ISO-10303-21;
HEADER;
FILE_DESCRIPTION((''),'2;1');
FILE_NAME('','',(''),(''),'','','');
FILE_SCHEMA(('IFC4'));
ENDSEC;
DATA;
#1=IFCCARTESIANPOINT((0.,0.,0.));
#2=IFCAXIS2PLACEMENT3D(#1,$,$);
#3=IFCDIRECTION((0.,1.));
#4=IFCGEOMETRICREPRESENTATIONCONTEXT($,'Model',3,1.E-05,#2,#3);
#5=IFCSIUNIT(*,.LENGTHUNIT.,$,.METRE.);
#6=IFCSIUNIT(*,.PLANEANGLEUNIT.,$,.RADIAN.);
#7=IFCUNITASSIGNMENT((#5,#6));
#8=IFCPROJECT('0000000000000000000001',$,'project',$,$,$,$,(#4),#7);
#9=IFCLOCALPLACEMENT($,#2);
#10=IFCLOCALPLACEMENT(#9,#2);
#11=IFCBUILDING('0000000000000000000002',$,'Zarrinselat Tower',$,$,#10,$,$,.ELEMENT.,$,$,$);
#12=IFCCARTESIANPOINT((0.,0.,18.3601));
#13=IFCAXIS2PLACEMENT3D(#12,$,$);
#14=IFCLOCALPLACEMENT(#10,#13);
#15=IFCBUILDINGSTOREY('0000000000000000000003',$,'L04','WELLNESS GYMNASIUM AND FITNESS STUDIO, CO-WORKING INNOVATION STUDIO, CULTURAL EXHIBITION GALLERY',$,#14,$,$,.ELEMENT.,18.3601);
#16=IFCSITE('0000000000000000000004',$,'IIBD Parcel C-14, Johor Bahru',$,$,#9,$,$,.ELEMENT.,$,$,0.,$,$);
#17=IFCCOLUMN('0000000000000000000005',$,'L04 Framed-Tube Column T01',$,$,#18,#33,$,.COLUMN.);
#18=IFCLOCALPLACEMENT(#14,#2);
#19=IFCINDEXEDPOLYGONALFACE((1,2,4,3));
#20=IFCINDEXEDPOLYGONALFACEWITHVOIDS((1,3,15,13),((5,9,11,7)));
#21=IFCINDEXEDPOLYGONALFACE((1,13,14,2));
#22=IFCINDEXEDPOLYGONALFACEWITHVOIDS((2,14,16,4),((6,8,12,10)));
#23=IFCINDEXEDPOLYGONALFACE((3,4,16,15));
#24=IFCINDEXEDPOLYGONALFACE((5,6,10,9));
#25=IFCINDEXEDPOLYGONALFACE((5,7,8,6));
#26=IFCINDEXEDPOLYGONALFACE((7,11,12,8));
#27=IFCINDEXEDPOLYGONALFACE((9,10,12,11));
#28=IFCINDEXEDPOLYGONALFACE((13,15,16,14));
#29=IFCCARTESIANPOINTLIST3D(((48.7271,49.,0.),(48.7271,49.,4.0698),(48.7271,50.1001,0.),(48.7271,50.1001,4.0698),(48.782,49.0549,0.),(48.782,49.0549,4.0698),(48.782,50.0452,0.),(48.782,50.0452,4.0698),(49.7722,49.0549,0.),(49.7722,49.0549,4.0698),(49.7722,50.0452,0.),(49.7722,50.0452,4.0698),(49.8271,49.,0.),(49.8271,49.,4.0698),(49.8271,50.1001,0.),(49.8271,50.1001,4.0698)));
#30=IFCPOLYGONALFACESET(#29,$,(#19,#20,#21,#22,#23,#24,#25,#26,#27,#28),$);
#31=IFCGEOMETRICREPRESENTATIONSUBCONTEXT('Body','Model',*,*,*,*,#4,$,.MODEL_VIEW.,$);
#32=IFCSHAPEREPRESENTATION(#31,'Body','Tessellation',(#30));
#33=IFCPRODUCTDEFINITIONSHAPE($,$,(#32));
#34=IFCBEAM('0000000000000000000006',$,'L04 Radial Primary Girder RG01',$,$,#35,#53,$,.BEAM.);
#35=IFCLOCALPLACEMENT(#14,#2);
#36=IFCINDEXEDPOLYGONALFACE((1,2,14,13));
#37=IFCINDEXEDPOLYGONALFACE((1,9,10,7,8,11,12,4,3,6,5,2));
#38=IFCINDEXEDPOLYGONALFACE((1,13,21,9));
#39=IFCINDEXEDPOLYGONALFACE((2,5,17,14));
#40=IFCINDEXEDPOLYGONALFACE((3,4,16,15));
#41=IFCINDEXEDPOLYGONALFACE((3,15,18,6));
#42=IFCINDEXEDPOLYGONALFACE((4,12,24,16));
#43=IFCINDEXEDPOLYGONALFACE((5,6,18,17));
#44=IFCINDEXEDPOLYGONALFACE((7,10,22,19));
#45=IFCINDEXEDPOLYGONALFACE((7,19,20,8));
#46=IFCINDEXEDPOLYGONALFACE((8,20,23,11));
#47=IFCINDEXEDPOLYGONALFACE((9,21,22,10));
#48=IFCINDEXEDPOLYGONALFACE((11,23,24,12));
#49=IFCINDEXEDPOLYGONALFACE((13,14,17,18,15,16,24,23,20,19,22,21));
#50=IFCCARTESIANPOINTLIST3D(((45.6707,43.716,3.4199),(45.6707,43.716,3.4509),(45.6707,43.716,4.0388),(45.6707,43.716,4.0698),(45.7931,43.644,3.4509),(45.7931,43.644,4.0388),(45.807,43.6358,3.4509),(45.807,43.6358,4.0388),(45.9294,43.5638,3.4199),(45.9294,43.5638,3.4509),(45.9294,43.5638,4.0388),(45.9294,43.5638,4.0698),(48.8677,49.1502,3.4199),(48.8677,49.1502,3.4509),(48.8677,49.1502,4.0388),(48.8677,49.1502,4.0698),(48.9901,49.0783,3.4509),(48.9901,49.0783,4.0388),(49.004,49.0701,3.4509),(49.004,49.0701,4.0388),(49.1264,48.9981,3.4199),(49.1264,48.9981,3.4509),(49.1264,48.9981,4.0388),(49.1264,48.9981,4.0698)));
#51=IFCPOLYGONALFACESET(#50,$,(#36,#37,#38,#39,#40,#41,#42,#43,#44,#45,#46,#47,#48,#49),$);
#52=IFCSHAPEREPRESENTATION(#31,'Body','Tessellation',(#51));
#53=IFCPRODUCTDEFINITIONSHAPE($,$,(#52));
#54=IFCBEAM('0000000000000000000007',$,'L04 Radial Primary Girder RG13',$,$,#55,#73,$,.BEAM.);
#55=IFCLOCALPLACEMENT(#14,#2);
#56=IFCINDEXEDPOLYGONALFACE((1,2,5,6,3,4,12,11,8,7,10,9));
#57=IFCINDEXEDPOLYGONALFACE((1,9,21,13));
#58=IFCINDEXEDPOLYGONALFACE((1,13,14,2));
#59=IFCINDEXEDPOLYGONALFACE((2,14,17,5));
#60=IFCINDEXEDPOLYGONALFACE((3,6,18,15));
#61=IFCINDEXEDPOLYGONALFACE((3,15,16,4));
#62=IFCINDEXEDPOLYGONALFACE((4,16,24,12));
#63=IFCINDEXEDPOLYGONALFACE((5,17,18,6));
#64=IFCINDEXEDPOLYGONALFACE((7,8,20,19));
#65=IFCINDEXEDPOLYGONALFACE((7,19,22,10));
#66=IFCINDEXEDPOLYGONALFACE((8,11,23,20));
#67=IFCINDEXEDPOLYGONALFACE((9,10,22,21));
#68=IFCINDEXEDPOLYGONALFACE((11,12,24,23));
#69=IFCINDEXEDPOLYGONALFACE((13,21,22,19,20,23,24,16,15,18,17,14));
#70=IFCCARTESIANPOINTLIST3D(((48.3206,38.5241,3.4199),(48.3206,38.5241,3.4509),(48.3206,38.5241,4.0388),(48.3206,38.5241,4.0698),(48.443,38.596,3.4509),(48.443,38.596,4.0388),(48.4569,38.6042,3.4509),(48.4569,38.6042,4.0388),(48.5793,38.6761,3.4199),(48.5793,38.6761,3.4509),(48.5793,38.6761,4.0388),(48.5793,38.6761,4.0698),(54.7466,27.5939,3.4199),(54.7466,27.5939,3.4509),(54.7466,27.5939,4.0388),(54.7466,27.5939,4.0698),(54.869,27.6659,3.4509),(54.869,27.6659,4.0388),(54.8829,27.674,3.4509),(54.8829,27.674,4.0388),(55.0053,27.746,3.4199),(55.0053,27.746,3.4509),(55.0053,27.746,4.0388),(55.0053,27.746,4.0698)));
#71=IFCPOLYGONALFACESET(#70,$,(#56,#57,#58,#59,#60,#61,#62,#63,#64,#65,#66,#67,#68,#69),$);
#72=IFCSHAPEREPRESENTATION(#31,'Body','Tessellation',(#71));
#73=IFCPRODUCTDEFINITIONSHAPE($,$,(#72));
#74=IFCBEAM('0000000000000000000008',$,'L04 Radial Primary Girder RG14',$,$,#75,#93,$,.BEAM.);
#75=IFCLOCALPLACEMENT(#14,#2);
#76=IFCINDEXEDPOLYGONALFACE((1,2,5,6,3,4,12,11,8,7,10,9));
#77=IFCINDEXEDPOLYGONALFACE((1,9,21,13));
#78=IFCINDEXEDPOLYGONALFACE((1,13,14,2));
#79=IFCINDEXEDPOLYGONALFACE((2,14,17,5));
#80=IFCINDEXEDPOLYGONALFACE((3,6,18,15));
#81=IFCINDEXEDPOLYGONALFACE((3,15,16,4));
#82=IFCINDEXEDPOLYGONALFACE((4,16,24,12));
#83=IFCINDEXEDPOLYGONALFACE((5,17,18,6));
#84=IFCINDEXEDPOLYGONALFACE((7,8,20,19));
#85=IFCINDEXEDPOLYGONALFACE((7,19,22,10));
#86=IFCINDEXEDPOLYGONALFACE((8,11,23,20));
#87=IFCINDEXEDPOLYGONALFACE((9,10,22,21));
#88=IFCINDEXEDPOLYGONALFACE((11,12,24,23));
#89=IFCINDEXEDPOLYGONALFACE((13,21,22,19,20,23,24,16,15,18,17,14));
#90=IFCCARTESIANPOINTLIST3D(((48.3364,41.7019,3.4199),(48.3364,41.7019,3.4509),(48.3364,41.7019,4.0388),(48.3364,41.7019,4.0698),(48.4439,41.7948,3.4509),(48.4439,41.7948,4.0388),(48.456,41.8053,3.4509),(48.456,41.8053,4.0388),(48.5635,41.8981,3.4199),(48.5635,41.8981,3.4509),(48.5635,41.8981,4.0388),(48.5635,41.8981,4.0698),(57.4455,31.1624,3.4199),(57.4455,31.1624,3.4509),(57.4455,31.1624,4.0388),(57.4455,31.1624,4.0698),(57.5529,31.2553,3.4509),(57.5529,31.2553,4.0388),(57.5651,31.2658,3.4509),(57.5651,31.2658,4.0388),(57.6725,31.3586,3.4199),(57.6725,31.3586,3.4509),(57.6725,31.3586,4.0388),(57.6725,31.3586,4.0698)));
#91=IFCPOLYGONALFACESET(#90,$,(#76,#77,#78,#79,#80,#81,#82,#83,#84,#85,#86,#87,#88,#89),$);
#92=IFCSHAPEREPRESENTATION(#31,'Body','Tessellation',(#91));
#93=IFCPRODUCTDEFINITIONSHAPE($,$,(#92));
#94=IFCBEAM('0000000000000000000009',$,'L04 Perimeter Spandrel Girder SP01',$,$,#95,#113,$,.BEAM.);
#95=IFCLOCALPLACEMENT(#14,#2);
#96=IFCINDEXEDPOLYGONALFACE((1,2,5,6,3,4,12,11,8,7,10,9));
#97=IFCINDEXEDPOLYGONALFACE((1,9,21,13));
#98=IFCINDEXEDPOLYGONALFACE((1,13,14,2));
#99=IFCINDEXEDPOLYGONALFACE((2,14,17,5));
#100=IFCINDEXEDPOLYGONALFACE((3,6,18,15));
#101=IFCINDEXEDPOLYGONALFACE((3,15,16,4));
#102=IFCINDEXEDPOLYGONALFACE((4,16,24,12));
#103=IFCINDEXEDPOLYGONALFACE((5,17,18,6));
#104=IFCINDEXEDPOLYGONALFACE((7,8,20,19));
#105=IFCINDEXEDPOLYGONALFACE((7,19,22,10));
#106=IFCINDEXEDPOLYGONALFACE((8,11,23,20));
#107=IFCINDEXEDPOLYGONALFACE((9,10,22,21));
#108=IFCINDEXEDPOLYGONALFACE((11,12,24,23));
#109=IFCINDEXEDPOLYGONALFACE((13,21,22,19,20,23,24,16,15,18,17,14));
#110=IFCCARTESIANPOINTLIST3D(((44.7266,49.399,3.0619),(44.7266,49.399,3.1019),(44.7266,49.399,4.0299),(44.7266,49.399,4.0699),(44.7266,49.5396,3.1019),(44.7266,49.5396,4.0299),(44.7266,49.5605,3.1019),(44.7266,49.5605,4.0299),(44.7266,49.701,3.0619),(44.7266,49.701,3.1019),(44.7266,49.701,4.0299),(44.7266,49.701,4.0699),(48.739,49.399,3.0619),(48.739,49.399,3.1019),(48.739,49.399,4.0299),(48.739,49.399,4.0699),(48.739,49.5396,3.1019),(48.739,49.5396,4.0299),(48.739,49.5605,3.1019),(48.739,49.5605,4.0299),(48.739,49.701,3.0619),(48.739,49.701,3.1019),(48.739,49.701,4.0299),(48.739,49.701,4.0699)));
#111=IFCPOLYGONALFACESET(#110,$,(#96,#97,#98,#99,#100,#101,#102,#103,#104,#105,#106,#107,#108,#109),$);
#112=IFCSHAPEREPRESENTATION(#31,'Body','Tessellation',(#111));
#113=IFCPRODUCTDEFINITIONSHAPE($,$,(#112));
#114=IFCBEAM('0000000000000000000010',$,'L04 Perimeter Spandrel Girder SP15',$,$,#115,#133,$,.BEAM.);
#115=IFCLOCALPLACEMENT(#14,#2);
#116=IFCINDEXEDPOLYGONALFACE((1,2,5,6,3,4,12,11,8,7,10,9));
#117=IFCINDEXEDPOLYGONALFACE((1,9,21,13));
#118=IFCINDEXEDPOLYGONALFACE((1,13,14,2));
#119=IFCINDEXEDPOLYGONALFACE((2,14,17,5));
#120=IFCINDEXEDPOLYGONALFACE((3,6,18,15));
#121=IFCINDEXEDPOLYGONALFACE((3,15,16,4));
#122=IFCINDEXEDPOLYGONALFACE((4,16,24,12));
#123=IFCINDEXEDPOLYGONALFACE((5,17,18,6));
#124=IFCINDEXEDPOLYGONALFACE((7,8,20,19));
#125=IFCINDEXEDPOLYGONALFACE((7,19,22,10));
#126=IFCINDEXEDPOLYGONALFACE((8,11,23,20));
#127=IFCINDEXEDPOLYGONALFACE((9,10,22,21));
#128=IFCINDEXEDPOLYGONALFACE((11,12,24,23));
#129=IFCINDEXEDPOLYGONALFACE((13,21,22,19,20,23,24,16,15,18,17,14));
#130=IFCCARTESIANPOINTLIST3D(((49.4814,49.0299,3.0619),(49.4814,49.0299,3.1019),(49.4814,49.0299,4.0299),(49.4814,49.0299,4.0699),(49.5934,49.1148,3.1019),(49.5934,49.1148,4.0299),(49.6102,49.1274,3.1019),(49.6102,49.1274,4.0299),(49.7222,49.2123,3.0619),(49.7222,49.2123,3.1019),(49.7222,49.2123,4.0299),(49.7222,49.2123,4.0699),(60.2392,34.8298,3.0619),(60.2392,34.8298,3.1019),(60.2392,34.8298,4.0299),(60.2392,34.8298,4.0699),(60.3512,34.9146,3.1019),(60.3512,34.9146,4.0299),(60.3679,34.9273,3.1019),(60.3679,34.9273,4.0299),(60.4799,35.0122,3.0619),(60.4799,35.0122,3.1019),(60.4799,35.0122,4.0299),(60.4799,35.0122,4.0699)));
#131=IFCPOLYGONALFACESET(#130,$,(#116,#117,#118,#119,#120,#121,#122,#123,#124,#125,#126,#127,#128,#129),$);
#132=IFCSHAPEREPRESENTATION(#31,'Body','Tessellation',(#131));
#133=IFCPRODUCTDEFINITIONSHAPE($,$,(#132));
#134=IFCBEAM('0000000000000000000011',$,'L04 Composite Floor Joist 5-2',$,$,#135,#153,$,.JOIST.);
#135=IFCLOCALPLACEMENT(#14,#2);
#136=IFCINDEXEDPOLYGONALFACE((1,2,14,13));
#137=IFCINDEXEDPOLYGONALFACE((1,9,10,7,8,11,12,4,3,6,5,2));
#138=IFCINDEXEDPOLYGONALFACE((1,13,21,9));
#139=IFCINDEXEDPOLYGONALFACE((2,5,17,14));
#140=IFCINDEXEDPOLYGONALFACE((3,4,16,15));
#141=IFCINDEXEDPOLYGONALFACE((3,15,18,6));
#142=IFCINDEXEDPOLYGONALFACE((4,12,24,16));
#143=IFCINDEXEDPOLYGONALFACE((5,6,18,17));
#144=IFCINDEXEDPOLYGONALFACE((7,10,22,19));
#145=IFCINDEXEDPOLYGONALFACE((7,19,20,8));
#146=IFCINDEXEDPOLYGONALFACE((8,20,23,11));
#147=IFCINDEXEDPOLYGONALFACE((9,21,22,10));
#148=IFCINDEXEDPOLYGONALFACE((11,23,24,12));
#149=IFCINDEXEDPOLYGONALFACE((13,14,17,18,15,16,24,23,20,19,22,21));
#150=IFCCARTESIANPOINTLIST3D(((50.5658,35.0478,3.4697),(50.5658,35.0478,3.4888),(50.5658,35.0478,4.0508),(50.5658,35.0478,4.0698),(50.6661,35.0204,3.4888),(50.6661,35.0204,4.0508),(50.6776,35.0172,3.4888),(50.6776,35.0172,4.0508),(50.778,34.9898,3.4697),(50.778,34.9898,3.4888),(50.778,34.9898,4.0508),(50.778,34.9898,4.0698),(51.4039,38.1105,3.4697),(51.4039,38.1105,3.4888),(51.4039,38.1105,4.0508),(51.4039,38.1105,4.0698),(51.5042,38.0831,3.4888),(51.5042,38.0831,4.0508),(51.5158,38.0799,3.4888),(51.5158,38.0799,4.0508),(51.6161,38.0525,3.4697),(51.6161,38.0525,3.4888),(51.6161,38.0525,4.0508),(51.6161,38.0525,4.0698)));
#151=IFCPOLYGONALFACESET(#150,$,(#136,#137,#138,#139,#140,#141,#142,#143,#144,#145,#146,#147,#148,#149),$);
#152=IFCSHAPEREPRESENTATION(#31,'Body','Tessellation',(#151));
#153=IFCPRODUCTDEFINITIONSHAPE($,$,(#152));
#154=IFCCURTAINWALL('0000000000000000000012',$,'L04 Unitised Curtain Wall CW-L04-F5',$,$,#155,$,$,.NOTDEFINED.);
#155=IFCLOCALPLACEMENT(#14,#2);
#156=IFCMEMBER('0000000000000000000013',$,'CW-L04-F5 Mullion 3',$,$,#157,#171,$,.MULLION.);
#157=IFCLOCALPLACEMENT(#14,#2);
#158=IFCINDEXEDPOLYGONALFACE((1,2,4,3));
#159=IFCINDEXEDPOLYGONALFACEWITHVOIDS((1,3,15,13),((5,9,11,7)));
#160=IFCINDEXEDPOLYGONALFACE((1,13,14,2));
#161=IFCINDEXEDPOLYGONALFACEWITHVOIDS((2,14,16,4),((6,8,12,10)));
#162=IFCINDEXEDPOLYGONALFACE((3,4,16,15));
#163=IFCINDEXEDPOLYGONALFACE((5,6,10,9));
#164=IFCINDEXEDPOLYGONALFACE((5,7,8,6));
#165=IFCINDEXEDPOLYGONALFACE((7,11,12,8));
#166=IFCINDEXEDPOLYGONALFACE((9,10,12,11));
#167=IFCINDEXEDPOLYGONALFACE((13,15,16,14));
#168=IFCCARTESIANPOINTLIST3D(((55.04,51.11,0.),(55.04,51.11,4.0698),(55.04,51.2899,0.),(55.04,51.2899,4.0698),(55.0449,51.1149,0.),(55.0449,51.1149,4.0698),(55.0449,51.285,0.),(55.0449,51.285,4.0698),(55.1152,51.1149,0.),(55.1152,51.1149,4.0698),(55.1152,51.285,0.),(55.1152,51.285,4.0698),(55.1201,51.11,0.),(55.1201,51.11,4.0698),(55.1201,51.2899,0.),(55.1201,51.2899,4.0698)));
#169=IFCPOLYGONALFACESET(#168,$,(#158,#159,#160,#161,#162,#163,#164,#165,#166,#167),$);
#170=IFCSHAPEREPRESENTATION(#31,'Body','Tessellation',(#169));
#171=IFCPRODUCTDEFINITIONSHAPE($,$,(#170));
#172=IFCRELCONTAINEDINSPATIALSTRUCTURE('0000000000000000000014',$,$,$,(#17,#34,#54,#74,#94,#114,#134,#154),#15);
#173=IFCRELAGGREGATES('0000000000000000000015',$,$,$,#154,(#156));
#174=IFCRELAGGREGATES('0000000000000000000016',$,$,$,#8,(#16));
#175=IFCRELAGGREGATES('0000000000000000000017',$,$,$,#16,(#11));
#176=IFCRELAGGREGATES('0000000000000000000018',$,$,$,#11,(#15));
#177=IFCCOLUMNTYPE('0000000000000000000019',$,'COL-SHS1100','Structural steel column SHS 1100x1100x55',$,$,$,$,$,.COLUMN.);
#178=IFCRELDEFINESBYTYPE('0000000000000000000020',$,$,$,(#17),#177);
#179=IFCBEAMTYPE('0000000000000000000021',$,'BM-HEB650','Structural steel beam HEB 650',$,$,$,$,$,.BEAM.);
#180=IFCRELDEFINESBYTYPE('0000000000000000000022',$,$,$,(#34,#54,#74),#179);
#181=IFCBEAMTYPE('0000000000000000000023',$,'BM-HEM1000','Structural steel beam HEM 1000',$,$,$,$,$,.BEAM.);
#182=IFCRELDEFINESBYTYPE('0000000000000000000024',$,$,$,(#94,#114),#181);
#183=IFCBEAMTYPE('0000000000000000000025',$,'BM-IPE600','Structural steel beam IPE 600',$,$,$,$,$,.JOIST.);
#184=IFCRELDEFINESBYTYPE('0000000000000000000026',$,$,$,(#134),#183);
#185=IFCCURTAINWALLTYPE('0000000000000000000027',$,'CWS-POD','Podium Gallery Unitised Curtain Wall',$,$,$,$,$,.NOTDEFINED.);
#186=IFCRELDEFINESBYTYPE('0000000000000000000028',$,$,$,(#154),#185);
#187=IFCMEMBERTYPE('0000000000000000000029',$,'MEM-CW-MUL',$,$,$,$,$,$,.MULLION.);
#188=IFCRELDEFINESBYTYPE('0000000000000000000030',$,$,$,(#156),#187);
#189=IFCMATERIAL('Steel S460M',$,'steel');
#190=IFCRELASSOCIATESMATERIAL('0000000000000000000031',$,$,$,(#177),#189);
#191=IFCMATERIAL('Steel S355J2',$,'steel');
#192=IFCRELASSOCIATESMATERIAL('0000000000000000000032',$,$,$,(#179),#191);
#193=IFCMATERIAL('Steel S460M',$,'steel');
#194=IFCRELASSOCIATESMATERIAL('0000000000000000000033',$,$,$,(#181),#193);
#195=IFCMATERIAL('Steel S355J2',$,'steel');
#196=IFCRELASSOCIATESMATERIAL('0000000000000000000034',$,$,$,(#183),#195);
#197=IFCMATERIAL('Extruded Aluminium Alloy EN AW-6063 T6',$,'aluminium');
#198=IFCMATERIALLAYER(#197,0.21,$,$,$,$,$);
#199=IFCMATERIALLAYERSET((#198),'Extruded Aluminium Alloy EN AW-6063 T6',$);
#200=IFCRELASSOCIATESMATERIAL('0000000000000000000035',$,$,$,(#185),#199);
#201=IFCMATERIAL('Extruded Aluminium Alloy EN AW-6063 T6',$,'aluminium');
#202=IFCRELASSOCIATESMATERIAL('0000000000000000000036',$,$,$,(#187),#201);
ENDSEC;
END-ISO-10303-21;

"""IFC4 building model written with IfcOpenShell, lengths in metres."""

from ifc_helpers import new_model, si_unit, direction, frame, origin, origin_2d, place, context, subcontext, project, spatial, hollow_rectangle, i_section, extrude, material, layer, layer_set, material_profile, profile_set, type_object, element, aggregate, save


model = new_model("IFC4")

# Units and contexts
model_context = context("Model", 3, precision=1e-05, world=origin(), true_north=direction((0.0, 1.0)))
body_context = subcontext(model_context, "Body", "Model", "MODEL_VIEW")
ifc_project = project(units=[si_unit("LENGTHUNIT", "METRE"), si_unit("PLANEANGLEUNIT", "RADIAN")], contexts=[model_context])

# Site, building, storey
site_placement = place(None, origin())
site = spatial("IfcSite", under=ifc_project, at=site_placement, Name="IIBD Parcel C-14, Johor Bahru", CompositionType="ELEMENT", RefElevation=0.0)
building_placement = place(site_placement, origin())
building = spatial("IfcBuilding", under=site, at=building_placement, Name="Zarrinselat Tower", CompositionType="ELEMENT")
storey_placement = place(building_placement, frame((0.0, 0.0, 18.3601)))
storey = spatial("IfcBuildingStorey", under=building, at=storey_placement, Name="L04", Description="WELLNESS GYMNASIUM AND FITNESS STUDIO, CO-WORKING INNOVATION STUDIO, CULTURAL EXHIBITION GALLERY", CompositionType="ELEMENT", Elevation=18.3601)

# Column
ifc_material_1 = material(Name="Steel S460M", Category="steel")
ifc_material_profile_1 = material_profile(ifc_material_1, hollow_rectangle(XDim=1.1001, YDim=1.1001, WallThickness=0.0549, at=origin_2d()), Name="SHS 1100x1100x55")
ifc_profile_set_1 = profile_set([ifc_material_profile_1], Name="Steel S460M")
column_type = type_object("IfcColumnType", Name="COL-SHS1100", Description="Structural steel column SHS 1100x1100x55", PredefinedType="COLUMN", material=ifc_profile_set_1)
column_placement = place(storey_placement, frame((49.2771, 49.55, 0.0), z_axis=(0.0, 0.0, 1.0), x_axis=(1.0, 0.0, 0.0)))
element("IfcColumn", 1, at=column_placement, inside=storey, type_object=column_type, Name="L04 Framed-Tube Column T01", PredefinedType="COLUMN", context=body_context, shape_type="SweptSolid", body=[
    extrude(hollow_rectangle(XDim=1.1001, YDim=1.1001, WallThickness=0.0549, at=origin_2d()), origin(), (0.0, 0.0, 1.0), 4.0698),
])

# Beams
ifc_material_2 = material(Name="Steel S355J2", Category="steel")
ifc_material_profile_2 = material_profile(ifc_material_2, i_section(OverallWidth=0.3, OverallDepth=0.6499, WebThickness=0.0161, FlangeThickness=0.031, at=origin_2d()), Name="HEB 650")
ifc_profile_set_2 = profile_set([ifc_material_profile_2], Name="Steel S355J2")
beam_type_1 = type_object("IfcBeamType", Name="BM-HEB650", Description="Structural steel beam HEB 650", PredefinedType="BEAM", material=ifc_profile_set_2)
beam_1_placement = place(storey_placement, frame((45.8, 43.6399, 3.7449), z_axis=(0.507062, 0.861909, 0.0), x_axis=(-0.861909, 0.507062, 0.0)))
element("IfcBeam", 2, at=beam_1_placement, inside=storey, type_object=beam_type_1, Name="L04 Radial Primary Girder RG01", PredefinedType="BEAM", context=body_context, shape_type="SweptSolid", body=[
    extrude(i_section(OverallWidth=0.3, OverallDepth=0.6499, WebThickness=0.0161, FlangeThickness=0.031, at=origin_2d()), origin(), (0.0, 0.0, 1.0), 6.3049),
])
beam_2_placement = place(storey_placement, frame((48.45, 38.6001, 3.7449), z_axis=(0.506816, -0.862054, 0.0), x_axis=(0.862054, 0.506816, 0.0)))
element("IfcBeam", 3, at=beam_2_placement, inside=storey, type_object=beam_type_1, Name="L04 Radial Primary Girder RG13", PredefinedType="BEAM", context=body_context, shape_type="SweptSolid", body=[
    extrude(i_section(OverallWidth=0.3, OverallDepth=0.6499, WebThickness=0.0161, FlangeThickness=0.031, at=origin_2d()), origin(), (0.0, 0.0, 1.0), 12.6792),
])
beam_3_placement = place(storey_placement, frame((48.45, 41.8, 3.7449), z_axis=(0.653899, -0.756582, 0.0), x_axis=(0.756582, 0.653899, 0.0)))
element("IfcBeam", 4, at=beam_3_placement, inside=storey, type_object=beam_type_1, Name="L04 Radial Primary Girder RG14", PredefinedType="BEAM", context=body_context, shape_type="SweptSolid", body=[
    extrude(i_section(OverallWidth=0.3, OverallDepth=0.6499, WebThickness=0.0161, FlangeThickness=0.031, at=origin_2d()), origin(), (0.0, 0.0, 1.0), 13.9304),
])
ifc_material_3 = material(Name="Steel S460M", Category="steel")
ifc_material_profile_3 = material_profile(ifc_material_3, i_section(OverallWidth=0.302, OverallDepth=1.0081, WebThickness=0.021, FlangeThickness=0.04, at=origin_2d()), Name="HEM 1000")
ifc_profile_set_3 = profile_set([ifc_material_profile_3], Name="Steel S460M")
beam_type_2 = type_object("IfcBeamType", Name="BM-HEM1000", Description="Structural steel beam HEM 1000", PredefinedType="BEAM", material=ifc_profile_set_3)
beam_4_placement = place(storey_placement, frame((44.7266, 49.55, 3.5659), z_axis=(1.0, 0.0, 0.0), x_axis=(0.0, 1.0, 0.0)))
element("IfcBeam", 5, at=beam_4_placement, inside=storey, type_object=beam_type_2, Name="L04 Perimeter Spandrel Girder SP01", PredefinedType="BEAM", context=body_context, shape_type="SweptSolid", body=[
    extrude(i_section(OverallWidth=0.302, OverallDepth=1.0081, WebThickness=0.021, FlangeThickness=0.04, at=origin_2d()), origin(), (0.0, 0.0, 1.0), 4.0125),
])
beam_5_placement = place(storey_placement, frame((49.6018, 49.1211, 3.5659), z_axis=(0.603861, -0.79709, 0.0), x_axis=(0.79709, 0.603861, 0.0)))
element("IfcBeam", 6, at=beam_5_placement, inside=storey, type_object=beam_type_2, Name="L04 Perimeter Spandrel Girder SP15", PredefinedType="BEAM", context=body_context, shape_type="SweptSolid", body=[
    extrude(i_section(OverallWidth=0.302, OverallDepth=1.0081, WebThickness=0.021, FlangeThickness=0.04, at=origin_2d()), origin(), (0.0, 0.0, 1.0), 17.8149),
])
ifc_material_4 = material(Name="Steel S355J2", Category="steel")
ifc_material_profile_4 = material_profile(ifc_material_4, i_section(OverallWidth=0.22, OverallDepth=0.6001, WebThickness=0.012, FlangeThickness=0.019, at=origin_2d()), Name="IPE 600")
ifc_profile_set_4 = profile_set([ifc_material_profile_4], Name="Steel S355J2")
beam_type_3 = type_object("IfcBeamType", Name="BM-IPE600", Description="Structural steel beam IPE 600", PredefinedType="JOIST", material=ifc_profile_set_4)
beam_6_placement = place(storey_placement, frame((50.6719, 35.0188, 3.7698), z_axis=(0.26395, 0.964536, 0.0), x_axis=(-0.964536, 0.26395, 0.0)))
element("IfcBeam", 7, at=beam_6_placement, inside=storey, type_object=beam_type_3, Name="L04 Composite Floor Joist 5-2", PredefinedType="JOIST", context=body_context, shape_type="SweptSolid", body=[
    extrude(i_section(OverallWidth=0.22, OverallDepth=0.6001, WebThickness=0.012, FlangeThickness=0.019, at=origin_2d()), origin(), (0.0, 0.0, 1.0), 3.1753),
])

# Curtain wall, member
ifc_material_5 = material(Name="Extruded Aluminium Alloy EN AW-6063 T6", Category="aluminium")
ifc_layer_1 = layer(ifc_material_5, 0.21)
ifc_layer_set_1 = layer_set([ifc_layer_1], Name="Extruded Aluminium Alloy EN AW-6063 T6")
curtain_wall_type = type_object("IfcCurtainWallType", Name="CWS-POD", Description="Podium Gallery Unitised Curtain Wall", PredefinedType="NOTDEFINED", material=ifc_layer_set_1)
curtain_wall_placement = place(storey_placement, origin())
curtain_wall = element("IfcCurtainWall", 8, at=curtain_wall_placement, inside=storey, type_object=curtain_wall_type, Name="L04 Unitised Curtain Wall CW-L04-F5", PredefinedType="NOTDEFINED")
ifc_material_6 = material(Name="Extruded Aluminium Alloy EN AW-6063 T6", Category="aluminium")
ifc_material_profile_5 = material_profile(ifc_material_6, hollow_rectangle(XDim=0.0801, YDim=0.1799, WallThickness=0.0049, at=origin_2d()), Name="RHS 180x80x5")
ifc_profile_set_5 = profile_set([ifc_material_profile_5], Name="Extruded Aluminium Alloy EN AW-6063 T6")
member_type = type_object("IfcMemberType", Name="MEM-CW-MUL", PredefinedType="MULLION", material=ifc_profile_set_5)
member_1_placement = place(storey_placement, frame((55.0801, 51.2, 0.0), z_axis=(0.0, 0.0, 1.0), x_axis=(-1.0, 0.0, 0.0)))
member_1 = element("IfcMember", 9, at=member_1_placement, type_object=member_type, Name="CW-L04-F5 Mullion 3", PredefinedType="MULLION", context=body_context, shape_type="SweptSolid", body=[
    extrude(hollow_rectangle(XDim=0.0801, YDim=0.1799, WallThickness=0.0049, at=origin_2d()), origin(), (0.0, 0.0, 1.0), 4.0698),
])
aggregate(curtain_wall, [member_1])

save(model, "model.ifc")
